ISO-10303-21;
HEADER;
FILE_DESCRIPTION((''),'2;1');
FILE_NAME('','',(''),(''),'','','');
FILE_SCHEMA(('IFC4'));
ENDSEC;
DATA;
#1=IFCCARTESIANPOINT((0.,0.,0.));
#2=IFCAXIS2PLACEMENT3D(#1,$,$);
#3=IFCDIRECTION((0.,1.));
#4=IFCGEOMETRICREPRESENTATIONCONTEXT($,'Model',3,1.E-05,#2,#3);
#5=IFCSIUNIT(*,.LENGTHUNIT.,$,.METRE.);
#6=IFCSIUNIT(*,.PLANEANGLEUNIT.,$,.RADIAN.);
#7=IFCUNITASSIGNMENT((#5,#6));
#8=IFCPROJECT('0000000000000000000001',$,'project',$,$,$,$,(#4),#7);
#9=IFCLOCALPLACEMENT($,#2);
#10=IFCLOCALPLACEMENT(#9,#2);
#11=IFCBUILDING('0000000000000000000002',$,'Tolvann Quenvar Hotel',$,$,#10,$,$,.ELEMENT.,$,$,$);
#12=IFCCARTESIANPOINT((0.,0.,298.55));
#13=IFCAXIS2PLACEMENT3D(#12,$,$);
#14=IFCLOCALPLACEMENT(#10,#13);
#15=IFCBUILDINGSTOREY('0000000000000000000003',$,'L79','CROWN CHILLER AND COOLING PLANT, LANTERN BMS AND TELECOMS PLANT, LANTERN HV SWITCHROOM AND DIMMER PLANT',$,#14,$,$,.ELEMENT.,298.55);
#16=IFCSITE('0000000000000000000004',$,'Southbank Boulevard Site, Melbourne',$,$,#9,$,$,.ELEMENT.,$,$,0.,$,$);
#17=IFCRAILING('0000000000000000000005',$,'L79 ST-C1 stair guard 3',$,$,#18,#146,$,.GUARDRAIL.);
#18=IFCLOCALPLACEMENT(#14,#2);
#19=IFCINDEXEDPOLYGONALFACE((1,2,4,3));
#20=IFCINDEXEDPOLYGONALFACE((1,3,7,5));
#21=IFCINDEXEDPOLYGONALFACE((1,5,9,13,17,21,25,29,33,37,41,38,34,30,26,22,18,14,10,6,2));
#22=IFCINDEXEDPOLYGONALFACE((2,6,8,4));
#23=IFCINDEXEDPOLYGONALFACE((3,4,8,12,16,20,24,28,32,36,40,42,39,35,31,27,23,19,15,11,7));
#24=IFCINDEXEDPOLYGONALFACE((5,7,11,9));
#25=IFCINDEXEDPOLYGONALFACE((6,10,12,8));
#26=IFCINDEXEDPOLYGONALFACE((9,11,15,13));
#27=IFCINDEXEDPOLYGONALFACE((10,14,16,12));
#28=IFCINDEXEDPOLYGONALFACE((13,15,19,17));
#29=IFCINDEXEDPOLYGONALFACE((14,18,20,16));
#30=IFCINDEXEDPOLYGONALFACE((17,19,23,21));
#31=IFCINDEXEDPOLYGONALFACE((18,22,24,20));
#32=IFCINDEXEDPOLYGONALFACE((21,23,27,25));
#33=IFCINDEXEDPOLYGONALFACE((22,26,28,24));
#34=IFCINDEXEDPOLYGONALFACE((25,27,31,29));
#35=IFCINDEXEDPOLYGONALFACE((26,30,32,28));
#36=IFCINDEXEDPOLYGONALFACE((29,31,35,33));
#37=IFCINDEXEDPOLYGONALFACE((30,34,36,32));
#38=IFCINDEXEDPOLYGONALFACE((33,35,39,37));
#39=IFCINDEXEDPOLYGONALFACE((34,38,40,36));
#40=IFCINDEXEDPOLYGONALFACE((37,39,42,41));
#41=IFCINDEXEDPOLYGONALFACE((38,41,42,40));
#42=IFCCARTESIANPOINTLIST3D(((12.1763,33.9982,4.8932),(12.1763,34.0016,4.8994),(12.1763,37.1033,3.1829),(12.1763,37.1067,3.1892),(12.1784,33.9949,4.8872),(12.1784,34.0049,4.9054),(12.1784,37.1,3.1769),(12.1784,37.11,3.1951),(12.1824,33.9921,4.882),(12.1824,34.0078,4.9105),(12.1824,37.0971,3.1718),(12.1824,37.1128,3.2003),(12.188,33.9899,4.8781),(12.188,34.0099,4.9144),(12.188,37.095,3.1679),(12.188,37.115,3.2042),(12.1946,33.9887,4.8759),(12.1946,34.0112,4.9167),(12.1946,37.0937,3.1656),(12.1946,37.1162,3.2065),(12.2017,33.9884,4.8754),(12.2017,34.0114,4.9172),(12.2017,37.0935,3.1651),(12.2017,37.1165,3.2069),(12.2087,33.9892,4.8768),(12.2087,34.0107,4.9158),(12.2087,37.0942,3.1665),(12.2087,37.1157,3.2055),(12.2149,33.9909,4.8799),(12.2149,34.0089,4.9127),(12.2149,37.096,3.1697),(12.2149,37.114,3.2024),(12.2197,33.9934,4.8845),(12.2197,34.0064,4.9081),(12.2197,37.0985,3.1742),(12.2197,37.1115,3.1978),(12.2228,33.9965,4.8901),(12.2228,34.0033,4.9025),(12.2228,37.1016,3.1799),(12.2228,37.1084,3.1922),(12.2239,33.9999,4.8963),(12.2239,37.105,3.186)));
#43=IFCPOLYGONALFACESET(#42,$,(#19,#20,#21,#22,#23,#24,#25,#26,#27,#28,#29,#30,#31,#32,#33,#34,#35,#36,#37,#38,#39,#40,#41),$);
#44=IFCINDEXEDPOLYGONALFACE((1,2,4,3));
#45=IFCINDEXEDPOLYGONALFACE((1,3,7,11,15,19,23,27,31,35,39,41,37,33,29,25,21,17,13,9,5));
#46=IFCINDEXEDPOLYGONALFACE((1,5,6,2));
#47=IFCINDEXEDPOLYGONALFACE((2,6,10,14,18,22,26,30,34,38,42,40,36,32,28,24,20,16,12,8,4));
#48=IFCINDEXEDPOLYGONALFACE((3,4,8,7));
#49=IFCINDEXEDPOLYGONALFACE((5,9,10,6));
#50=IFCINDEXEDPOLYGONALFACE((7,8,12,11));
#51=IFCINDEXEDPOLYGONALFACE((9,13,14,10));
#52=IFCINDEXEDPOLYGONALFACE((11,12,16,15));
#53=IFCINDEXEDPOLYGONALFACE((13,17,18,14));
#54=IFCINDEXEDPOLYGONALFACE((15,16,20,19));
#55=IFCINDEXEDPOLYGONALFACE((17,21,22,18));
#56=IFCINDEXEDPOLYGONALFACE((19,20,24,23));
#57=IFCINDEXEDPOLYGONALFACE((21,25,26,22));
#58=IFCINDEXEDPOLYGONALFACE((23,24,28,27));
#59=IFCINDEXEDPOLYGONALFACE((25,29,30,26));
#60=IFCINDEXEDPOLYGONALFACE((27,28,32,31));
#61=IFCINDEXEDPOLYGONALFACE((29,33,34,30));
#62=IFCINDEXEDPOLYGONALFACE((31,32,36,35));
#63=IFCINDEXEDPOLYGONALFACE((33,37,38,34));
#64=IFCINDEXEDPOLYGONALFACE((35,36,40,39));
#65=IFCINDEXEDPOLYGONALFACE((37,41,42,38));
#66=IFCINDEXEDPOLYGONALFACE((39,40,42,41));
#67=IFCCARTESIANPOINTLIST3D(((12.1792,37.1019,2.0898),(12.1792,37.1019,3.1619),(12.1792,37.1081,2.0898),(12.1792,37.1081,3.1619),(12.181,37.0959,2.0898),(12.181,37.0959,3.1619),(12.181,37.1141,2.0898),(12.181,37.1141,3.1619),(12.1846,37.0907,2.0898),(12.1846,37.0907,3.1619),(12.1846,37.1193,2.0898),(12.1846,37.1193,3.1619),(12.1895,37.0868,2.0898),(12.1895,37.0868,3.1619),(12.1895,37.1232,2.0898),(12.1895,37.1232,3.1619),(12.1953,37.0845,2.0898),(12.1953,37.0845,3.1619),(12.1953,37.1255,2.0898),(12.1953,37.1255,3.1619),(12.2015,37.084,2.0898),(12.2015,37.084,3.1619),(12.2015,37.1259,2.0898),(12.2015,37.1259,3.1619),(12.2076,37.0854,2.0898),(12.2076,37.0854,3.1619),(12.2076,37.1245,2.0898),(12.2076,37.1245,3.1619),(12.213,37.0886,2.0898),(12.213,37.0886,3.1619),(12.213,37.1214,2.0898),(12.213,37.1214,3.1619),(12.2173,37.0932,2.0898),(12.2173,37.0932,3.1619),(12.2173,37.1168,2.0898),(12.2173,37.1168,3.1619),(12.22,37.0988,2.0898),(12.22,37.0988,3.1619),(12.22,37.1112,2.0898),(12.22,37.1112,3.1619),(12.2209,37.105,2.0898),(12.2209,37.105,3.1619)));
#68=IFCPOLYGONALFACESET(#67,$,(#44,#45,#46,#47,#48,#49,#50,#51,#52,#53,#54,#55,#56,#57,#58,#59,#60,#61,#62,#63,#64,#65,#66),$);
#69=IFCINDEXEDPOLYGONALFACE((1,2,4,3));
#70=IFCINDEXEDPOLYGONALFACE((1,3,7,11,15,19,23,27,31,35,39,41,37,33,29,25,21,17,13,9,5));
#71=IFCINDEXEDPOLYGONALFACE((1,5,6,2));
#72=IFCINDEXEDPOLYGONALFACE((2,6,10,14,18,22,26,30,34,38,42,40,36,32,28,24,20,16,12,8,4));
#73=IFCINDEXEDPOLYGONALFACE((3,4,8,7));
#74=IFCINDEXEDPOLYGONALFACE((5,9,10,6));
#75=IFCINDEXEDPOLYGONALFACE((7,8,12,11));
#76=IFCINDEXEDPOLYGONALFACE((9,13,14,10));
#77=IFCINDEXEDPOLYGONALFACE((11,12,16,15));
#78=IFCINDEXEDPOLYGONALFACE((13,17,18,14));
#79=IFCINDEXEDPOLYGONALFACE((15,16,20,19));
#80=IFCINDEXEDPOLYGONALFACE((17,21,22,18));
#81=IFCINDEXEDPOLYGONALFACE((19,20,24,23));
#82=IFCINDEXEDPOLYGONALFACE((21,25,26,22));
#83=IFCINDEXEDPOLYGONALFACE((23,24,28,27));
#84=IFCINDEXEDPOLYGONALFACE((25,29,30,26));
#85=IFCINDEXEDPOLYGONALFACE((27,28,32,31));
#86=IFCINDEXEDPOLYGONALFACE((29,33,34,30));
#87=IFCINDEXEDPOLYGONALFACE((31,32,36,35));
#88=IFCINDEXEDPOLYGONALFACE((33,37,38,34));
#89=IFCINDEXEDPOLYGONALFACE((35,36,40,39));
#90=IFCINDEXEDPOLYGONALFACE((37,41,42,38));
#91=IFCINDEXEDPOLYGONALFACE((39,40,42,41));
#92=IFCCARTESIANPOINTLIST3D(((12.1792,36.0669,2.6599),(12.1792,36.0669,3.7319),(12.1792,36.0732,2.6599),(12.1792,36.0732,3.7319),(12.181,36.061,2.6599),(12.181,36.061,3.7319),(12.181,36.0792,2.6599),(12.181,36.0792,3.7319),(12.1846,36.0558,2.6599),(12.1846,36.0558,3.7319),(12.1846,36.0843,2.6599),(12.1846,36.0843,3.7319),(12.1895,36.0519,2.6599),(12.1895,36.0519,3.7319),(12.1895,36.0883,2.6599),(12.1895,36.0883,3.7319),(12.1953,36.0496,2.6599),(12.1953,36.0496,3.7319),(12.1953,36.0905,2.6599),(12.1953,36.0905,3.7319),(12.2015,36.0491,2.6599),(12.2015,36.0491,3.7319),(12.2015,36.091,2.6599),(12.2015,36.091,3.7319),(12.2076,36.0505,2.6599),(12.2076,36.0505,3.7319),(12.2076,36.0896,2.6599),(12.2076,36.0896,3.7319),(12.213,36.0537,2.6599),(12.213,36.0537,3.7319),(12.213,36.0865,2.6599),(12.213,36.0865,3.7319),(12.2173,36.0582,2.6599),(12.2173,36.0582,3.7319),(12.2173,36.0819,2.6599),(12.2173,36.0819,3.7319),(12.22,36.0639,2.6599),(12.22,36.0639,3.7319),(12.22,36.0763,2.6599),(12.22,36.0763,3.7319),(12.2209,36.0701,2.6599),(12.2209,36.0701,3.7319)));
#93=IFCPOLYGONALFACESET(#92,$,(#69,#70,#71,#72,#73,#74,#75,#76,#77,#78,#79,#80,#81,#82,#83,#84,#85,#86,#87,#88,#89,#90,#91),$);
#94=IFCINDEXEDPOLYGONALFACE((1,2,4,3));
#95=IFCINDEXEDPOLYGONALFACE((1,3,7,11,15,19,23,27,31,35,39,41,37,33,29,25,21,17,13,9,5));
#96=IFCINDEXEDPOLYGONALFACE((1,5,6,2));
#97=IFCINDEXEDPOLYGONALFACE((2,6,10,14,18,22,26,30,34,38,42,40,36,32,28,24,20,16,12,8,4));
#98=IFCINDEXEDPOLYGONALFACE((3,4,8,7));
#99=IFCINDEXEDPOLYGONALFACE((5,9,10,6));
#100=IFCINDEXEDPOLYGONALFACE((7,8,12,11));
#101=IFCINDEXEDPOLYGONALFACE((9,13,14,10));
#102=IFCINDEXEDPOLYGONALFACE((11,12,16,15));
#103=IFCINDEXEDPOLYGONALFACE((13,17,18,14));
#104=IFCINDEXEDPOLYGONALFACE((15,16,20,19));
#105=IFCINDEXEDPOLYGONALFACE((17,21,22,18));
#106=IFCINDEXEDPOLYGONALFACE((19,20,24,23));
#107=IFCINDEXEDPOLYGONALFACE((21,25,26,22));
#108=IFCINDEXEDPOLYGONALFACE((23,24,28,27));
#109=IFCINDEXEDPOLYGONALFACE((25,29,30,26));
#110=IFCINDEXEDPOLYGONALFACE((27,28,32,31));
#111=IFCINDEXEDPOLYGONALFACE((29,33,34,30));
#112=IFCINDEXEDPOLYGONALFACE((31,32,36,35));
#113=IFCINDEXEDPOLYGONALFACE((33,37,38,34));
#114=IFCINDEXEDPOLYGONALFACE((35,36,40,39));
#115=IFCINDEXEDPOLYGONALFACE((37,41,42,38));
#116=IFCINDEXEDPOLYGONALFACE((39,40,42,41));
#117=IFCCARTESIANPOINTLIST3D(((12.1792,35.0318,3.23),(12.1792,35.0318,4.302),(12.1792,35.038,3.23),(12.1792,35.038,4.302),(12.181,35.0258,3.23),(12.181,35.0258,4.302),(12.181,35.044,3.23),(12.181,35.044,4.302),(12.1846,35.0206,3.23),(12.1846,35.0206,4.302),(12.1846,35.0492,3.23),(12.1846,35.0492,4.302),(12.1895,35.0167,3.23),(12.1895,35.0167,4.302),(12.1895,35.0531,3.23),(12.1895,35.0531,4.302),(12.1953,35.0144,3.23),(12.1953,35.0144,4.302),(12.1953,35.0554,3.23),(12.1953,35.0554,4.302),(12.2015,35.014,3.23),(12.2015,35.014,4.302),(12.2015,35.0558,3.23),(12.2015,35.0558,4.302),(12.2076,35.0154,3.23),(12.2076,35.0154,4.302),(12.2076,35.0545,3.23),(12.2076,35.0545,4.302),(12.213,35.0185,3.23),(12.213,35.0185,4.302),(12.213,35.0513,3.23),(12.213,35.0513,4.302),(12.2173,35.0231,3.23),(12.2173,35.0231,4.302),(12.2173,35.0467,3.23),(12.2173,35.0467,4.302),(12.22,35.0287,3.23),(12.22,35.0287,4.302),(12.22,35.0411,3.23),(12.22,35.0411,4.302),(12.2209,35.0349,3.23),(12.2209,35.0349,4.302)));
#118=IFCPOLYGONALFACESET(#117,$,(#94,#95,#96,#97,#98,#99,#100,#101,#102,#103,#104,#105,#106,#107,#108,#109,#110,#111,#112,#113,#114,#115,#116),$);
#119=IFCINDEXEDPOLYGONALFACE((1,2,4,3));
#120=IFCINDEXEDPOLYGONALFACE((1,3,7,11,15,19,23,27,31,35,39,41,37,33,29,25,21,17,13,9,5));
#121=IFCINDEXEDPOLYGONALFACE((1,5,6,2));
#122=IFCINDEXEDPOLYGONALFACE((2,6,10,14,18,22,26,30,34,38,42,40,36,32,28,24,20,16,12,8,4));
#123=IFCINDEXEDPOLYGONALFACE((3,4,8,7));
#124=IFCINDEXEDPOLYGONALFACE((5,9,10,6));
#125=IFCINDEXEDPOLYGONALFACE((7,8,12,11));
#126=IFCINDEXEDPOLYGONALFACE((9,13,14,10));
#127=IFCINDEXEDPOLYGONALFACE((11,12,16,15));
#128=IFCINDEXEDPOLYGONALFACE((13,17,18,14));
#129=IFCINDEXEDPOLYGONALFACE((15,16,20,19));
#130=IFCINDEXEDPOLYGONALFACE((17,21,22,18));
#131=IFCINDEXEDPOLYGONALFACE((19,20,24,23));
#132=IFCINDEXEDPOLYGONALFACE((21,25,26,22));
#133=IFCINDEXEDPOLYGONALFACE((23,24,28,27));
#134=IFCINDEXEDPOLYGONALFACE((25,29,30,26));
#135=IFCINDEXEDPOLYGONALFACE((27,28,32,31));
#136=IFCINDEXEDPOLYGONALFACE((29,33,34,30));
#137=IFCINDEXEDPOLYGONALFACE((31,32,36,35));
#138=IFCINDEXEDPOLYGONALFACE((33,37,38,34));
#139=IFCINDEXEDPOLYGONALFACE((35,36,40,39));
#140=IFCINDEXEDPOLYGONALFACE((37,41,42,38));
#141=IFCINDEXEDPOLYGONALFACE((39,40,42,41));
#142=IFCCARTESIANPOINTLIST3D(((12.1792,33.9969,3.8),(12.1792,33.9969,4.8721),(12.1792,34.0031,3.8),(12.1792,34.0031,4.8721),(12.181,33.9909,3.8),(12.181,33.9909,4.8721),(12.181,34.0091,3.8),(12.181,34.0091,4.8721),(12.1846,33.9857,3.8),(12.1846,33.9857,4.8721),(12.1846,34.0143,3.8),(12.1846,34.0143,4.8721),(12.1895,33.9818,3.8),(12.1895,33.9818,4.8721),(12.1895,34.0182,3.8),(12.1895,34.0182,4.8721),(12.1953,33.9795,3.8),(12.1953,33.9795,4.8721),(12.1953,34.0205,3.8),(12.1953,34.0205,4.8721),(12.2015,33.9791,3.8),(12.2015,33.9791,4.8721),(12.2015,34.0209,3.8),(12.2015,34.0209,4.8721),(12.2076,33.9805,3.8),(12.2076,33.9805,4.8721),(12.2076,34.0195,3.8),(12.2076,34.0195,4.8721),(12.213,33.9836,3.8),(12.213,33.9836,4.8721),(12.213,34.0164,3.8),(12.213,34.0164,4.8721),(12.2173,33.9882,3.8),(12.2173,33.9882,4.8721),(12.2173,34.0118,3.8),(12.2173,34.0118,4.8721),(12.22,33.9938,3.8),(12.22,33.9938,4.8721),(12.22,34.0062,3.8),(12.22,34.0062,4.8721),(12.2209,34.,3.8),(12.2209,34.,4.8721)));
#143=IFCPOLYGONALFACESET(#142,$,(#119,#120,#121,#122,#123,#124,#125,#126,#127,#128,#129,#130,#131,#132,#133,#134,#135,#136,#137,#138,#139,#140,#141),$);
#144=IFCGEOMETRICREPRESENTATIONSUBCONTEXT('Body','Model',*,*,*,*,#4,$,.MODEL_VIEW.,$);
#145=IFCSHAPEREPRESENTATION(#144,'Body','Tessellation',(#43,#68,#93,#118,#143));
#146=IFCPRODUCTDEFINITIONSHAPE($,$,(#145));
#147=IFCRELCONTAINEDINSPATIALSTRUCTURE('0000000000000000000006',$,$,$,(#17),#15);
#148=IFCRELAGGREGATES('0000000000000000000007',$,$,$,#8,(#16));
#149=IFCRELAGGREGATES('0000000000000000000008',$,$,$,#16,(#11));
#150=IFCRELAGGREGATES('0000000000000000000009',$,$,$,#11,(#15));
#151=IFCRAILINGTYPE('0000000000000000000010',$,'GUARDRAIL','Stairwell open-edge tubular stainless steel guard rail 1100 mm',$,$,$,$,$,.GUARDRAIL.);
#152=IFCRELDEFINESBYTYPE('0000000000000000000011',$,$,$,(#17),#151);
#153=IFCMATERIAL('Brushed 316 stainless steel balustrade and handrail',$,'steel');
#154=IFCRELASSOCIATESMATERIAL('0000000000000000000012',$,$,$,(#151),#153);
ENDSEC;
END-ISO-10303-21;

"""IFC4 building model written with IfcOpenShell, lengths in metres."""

from ifc_helpers import new_model, si_unit, direction, frame, origin, origin_2d, place, context, subcontext, project, spatial, circle, extrude, material, type_object, element, save


model = new_model("IFC4")

# Units and contexts
model_context = context("Model", 3, precision=1e-05, world=origin(), true_north=direction((0.0, 1.0)))
body_context = subcontext(model_context, "Body", "Model", "MODEL_VIEW")
ifc_project = project(units=[si_unit("LENGTHUNIT", "METRE"), si_unit("PLANEANGLEUNIT", "RADIAN")], contexts=[model_context])

# Site, building, storey
site_placement = place(None, origin())
site = spatial("IfcSite", under=ifc_project, at=site_placement, Name="Southbank Boulevard Site, Melbourne", CompositionType="ELEMENT", RefElevation=0.0)
building_placement = place(site_placement, origin())
building = spatial("IfcBuilding", under=site, at=building_placement, Name="Tolvann Quenvar Hotel", CompositionType="ELEMENT")
storey_placement = place(building_placement, frame((0.0, 0.0, 298.55)))
storey = spatial("IfcBuildingStorey", under=building, at=storey_placement, Name="L79", Description="CROWN CHILLER AND COOLING PLANT, LANTERN BMS AND TELECOMS PLANT, LANTERN HV SWITCHROOM AND DIMMER PLANT", CompositionType="ELEMENT", Elevation=298.55)

# Railing
ifc_material_1 = material(Name="Brushed 316 stainless steel balustrade and handrail", Category="steel")
railing_type_1 = type_object("IfcRailingType", Name="GUARDRAIL", Description="Stairwell open-edge tubular stainless steel guard rail 1100 mm", PredefinedType="GUARDRAIL", material=ifc_material_1)
railing_1_placement = place(storey_placement, frame((12.2, 37.105, 2.0898)))
element("IfcRailing", 1, at=railing_1_placement, inside=storey, type_object=railing_type_1, Name="L79 ST-C1 stair guard 3", PredefinedType="GUARDRAIL", context=body_context, shape_type="SweptSolid", body=[
    extrude(circle(Radius=0.0239, at=origin_2d()), frame((0.0, 0.0, 1.0962), z_axis=(0.0, -0.875922, 0.482453), x_axis=(1.0, 0.0, 0.0)), (0.0, 0.0, 1.0), 3.5449),
    extrude(circle(Radius=0.021, at=origin_2d()), origin(), (0.0, 0.0, 1.0), 1.072),
    extrude(circle(Radius=0.021, at=origin_2d()), frame((0.0, -1.0349, 0.5701)), (0.0, 0.0, 1.0), 1.072),
    extrude(circle(Radius=0.021, at=origin_2d()), frame((0.0, -2.0701, 1.1401)), (0.0, 0.0, 1.0), 1.072),
    extrude(circle(Radius=0.021, at=origin_2d()), frame((0.0, -3.105, 1.7102)), (0.0, 0.0, 1.0), 1.072),
])

save(model, "model.ifc")
